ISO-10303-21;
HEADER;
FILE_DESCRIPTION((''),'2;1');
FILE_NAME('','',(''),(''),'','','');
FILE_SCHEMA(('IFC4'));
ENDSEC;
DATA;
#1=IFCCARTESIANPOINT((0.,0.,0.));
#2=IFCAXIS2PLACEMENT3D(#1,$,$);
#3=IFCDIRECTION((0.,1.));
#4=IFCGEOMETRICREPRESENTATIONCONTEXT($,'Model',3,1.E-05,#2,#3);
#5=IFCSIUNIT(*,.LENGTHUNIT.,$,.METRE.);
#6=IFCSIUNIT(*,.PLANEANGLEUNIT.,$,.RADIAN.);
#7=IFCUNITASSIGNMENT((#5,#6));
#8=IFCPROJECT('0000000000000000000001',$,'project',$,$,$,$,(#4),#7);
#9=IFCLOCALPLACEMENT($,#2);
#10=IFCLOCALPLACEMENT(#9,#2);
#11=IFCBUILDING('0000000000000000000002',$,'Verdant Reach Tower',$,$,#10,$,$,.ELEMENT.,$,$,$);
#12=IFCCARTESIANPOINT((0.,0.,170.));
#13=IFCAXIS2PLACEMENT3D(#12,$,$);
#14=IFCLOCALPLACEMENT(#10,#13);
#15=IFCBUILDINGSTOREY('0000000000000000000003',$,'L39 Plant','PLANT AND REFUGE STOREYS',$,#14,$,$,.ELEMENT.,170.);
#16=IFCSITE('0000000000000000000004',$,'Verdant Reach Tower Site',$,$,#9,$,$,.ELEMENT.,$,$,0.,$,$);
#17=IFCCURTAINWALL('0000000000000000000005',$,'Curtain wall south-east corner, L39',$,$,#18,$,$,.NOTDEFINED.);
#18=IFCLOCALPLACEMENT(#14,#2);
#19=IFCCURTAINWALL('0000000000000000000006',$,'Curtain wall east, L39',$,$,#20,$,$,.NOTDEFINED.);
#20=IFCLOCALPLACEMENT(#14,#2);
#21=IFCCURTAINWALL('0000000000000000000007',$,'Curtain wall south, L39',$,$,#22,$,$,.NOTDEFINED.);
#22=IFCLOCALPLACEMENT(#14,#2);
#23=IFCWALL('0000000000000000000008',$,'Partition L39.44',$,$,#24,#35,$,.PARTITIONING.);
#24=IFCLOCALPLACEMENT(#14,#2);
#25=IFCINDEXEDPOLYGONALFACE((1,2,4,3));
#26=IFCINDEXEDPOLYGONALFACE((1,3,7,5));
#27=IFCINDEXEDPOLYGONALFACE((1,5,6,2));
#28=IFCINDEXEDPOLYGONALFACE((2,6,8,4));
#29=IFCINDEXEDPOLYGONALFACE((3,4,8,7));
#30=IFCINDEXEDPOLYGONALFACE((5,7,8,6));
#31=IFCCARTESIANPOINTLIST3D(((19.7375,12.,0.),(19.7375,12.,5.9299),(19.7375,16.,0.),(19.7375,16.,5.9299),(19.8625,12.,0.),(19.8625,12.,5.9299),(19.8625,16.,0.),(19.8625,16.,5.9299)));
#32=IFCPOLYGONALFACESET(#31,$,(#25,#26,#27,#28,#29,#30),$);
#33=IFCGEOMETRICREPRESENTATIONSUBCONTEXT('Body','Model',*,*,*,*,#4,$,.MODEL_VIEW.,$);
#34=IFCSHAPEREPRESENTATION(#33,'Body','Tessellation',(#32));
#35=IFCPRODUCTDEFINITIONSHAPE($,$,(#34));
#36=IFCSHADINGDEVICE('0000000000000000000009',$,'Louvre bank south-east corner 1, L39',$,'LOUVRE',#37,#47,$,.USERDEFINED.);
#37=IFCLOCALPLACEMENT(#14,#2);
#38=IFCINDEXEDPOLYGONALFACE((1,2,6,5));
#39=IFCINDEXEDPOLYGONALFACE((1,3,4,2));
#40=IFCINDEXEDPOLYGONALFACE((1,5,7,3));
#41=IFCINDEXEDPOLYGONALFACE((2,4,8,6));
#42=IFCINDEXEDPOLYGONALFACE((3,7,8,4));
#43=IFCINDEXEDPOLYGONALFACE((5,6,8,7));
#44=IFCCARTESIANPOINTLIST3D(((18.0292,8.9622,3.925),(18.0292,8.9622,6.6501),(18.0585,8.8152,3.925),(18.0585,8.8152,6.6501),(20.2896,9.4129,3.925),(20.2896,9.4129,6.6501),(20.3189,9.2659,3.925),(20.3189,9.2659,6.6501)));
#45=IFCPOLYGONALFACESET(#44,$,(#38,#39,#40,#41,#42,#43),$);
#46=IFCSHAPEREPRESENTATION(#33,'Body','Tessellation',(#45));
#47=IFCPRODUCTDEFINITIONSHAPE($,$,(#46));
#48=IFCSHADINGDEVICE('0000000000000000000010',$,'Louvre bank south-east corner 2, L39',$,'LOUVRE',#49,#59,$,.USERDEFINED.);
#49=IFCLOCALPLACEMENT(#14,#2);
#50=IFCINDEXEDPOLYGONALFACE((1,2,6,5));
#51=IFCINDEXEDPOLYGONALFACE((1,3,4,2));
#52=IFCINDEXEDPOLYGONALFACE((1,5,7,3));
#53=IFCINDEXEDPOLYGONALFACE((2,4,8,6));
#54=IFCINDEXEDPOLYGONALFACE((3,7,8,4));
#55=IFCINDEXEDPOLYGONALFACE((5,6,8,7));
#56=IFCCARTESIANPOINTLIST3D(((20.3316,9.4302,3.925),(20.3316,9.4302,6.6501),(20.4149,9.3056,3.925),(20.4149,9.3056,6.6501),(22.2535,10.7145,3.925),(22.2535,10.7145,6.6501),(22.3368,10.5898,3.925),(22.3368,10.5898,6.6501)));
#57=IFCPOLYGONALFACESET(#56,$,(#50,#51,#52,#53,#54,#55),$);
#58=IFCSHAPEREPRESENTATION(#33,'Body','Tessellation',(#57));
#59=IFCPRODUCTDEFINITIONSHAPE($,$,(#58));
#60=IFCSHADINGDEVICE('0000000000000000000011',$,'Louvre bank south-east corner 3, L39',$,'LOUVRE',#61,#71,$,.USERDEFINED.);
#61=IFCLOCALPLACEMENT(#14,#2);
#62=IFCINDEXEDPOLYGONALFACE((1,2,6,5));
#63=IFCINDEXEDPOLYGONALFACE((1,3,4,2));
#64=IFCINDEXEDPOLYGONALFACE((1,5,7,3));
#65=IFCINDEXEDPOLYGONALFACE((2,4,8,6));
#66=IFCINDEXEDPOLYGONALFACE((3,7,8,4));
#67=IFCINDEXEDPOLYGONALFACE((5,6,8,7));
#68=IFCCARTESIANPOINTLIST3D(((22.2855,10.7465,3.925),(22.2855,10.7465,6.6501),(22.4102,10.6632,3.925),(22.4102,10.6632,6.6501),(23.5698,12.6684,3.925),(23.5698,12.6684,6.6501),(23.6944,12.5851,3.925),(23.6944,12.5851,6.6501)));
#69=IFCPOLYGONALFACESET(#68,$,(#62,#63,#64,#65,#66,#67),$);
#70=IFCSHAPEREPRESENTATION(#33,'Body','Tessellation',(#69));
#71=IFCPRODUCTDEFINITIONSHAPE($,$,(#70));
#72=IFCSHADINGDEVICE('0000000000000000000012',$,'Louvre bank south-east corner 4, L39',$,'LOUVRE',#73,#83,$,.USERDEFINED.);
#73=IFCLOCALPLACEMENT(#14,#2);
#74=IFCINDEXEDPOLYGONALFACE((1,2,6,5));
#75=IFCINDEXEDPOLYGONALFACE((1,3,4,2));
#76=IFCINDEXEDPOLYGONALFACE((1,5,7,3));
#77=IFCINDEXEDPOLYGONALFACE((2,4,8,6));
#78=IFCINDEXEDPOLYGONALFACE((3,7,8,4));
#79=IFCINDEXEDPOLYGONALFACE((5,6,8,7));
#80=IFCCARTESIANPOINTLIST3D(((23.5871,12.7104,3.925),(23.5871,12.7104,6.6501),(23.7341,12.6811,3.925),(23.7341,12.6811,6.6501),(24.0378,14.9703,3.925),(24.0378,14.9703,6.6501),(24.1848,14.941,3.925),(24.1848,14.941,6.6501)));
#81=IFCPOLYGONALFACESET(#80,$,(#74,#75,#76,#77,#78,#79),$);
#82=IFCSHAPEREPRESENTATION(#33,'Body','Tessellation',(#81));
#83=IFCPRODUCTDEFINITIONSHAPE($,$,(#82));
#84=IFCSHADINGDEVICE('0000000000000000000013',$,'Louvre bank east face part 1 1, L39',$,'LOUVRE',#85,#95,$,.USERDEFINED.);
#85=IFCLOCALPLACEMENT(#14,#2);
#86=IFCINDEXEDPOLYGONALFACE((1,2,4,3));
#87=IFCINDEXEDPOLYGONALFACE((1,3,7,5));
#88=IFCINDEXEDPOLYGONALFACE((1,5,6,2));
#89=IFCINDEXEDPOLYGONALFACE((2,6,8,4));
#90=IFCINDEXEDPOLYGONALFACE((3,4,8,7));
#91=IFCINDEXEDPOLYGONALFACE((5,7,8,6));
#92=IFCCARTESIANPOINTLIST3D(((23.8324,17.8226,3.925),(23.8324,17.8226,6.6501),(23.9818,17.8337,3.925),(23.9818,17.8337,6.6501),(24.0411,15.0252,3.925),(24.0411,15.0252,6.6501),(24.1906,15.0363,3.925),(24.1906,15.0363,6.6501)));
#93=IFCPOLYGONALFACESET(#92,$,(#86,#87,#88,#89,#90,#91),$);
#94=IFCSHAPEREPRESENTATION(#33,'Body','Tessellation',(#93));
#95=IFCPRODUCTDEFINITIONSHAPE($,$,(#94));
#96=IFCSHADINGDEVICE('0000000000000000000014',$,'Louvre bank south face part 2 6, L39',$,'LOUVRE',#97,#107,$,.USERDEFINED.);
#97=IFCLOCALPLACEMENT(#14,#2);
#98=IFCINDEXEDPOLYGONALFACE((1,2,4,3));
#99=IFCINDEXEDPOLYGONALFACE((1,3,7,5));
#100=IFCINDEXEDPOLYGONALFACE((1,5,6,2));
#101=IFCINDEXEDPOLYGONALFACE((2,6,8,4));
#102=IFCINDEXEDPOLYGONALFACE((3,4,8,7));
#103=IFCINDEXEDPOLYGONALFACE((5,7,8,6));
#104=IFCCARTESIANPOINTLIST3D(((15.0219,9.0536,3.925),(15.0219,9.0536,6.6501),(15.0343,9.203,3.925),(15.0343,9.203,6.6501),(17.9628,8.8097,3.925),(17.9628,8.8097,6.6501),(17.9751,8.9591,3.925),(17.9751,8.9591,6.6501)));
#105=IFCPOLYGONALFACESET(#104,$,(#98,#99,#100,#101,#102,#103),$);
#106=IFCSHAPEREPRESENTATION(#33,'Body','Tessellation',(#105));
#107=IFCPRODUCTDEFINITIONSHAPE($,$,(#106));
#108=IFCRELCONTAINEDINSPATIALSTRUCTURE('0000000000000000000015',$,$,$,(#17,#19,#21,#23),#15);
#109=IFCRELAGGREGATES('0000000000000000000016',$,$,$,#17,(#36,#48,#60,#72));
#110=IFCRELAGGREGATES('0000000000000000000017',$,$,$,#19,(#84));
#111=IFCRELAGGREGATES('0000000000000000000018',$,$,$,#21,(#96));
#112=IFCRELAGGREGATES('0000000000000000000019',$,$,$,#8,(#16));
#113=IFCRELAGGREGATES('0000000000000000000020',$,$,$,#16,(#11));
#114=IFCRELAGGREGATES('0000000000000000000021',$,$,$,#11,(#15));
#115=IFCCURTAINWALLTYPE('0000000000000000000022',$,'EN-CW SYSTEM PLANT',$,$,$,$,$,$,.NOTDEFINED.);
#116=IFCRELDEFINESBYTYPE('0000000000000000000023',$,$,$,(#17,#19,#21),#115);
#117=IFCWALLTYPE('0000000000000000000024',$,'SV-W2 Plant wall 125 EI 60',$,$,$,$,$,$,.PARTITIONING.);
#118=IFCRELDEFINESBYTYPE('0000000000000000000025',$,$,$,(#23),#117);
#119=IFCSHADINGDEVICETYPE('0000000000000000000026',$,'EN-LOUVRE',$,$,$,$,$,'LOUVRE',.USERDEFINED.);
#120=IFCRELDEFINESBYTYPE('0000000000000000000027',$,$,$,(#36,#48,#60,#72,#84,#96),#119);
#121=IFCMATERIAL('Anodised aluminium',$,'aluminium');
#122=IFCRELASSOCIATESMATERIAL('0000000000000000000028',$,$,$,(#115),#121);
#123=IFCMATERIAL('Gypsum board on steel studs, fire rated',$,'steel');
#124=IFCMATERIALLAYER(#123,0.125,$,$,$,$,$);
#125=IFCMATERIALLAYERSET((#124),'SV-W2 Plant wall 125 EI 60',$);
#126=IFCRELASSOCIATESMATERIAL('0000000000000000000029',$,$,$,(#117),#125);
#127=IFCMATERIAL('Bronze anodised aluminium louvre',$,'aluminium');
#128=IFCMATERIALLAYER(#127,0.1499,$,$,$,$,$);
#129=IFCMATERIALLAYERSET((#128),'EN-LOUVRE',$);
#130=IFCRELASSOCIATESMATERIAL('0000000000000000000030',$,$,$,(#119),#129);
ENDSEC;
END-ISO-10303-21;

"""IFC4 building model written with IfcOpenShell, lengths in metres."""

from ifc_helpers import new_model, si_unit, direction, frame, frame_2d, origin, origin_2d, place, context, subcontext, project, spatial, rectangle, extrude, material, layer, layer_set, type_object, element, aggregate, save


model = new_model("IFC4")

# Units and contexts
model_context = context("Model", 3, precision=1e-05, world=origin(), true_north=direction((0.0, 1.0)))
body_context = subcontext(model_context, "Body", "Model", "MODEL_VIEW")
ifc_project = project(units=[si_unit("LENGTHUNIT", "METRE"), si_unit("PLANEANGLEUNIT", "RADIAN")], contexts=[model_context])

# Site, building, storey
site_placement = place(None, origin())
site = spatial("IfcSite", under=ifc_project, at=site_placement, Name="Verdant Reach Tower Site", CompositionType="ELEMENT", RefElevation=0.0)
building_placement = place(site_placement, origin())
building = spatial("IfcBuilding", under=site, at=building_placement, Name="Verdant Reach Tower", CompositionType="ELEMENT")
storey_placement = place(building_placement, frame((0.0, 0.0, 170.0)))
storey = spatial("IfcBuildingStorey", under=building, at=storey_placement, Name="L39 Plant", Description="PLANT AND REFUGE STOREYS", CompositionType="ELEMENT", Elevation=170.0)

# Curtain wall
ifc_material_1 = material(Name="Anodised aluminium", Category="aluminium")
curtain_wall_type = type_object("IfcCurtainWallType", Name="EN-CW SYSTEM PLANT", PredefinedType="NOTDEFINED", material=ifc_material_1)
curtain_wall_1_placement = place(storey_placement, origin())
curtain_wall_1 = element("IfcCurtainWall", 1, at=curtain_wall_1_placement, inside=storey, type_object=curtain_wall_type, Name="Curtain wall south-east corner, L39", PredefinedType="NOTDEFINED")

# Curtain walls
curtain_wall_2_placement = place(storey_placement, origin())
curtain_wall_2 = element("IfcCurtainWall", 2, at=curtain_wall_2_placement, inside=storey, type_object=curtain_wall_type, Name="Curtain wall east, L39", PredefinedType="NOTDEFINED")
curtain_wall_3_placement = place(storey_placement, origin())
curtain_wall_3 = element("IfcCurtainWall", 3, at=curtain_wall_3_placement, inside=storey, type_object=curtain_wall_type, Name="Curtain wall south, L39", PredefinedType="NOTDEFINED")

# Shared definitions
ifc_material_2 = material(Name="Gypsum board on steel studs, fire rated", Category="steel")
ifc_layer_1 = layer(ifc_material_2, 0.125)
ifc_layer_set_1 = layer_set([ifc_layer_1], Name="SV-W2 Plant wall 125 EI 60")
wall_type = type_object("IfcWallType", Name="SV-W2 Plant wall 125 EI 60", PredefinedType="PARTITIONING", material=ifc_layer_set_1)

# Wall
wall_1_placement = place(storey_placement, frame((19.8, 16.0, 0.0), z_axis=(0.0, 0.0, 1.0), x_axis=(0.0, -1.0, 0.0)))
element("IfcWall", 4, at=wall_1_placement, inside=storey, type_object=wall_type, Name="Partition L39.44", PredefinedType="PARTITIONING", context=body_context, shape_type="SweptSolid", body=[
    extrude(rectangle(XDim=4.0, YDim=0.125, at=frame_2d((2.0, 0.0))), origin(), (0.0, 0.0, 1.0), 5.9299),
])

# Shading devices
ifc_material_3 = material(Name="Bronze anodised aluminium louvre", Category="aluminium")
ifc_layer_2 = layer(ifc_material_3, 0.1499)
ifc_layer_set_2 = layer_set([ifc_layer_2], Name="EN-LOUVRE")
shading_device_type = type_object("IfcShadingDeviceType", Name="EN-LOUVRE", ElementType="LOUVRE", PredefinedType="USERDEFINED", material=ifc_layer_set_2)
shading_device_1_placement = place(storey_placement, frame((19.1741, 9.114, 3.925), z_axis=(0.0, 0.0, 1.0), x_axis=(0.980695, 0.195545, 0.0)))
shading_device_1 = element("IfcShadingDevice", 5, at=shading_device_1_placement, type_object=shading_device_type, Name="Louvre bank south-east corner 1, L39", ObjectType="LOUVRE", PredefinedType="USERDEFINED", context=body_context, shape_type="SweptSolid", body=[
    extrude(rectangle(XDim=2.3049, YDim=0.1499, at=origin_2d()), origin(), (0.0, 0.0, 1.0), 2.7251),
])
shading_device_2_placement = place(storey_placement, frame((21.3342, 10.01, 3.925), z_axis=(0.0, 0.0, 1.0), x_axis=(0.831452, 0.555596, 0.0)))
shading_device_2 = element("IfcShadingDevice", 6, at=shading_device_2_placement, type_object=shading_device_type, Name="Louvre bank south-east corner 2, L39", ObjectType="LOUVRE", PredefinedType="USERDEFINED", context=body_context, shape_type="SweptSolid", body=[
    extrude(rectangle(XDim=2.3115, YDim=0.1499, at=origin_2d()), origin(), (0.0, 0.0, 1.0), 2.7251),
])
shading_device_3_placement = place(storey_placement, frame((22.99, 11.6658, 3.925), z_axis=(0.0, 0.0, 1.0), x_axis=(0.555596, 0.831452, 0.0)))
shading_device_3 = element("IfcShadingDevice", 7, at=shading_device_3_placement, type_object=shading_device_type, Name="Louvre bank south-east corner 3, L39", ObjectType="LOUVRE", PredefinedType="USERDEFINED", context=body_context, shape_type="SweptSolid", body=[
    extrude(rectangle(XDim=2.3115, YDim=0.1499, at=origin_2d()), origin(), (0.0, 0.0, 1.0), 2.7251),
])
shading_device_4_placement = place(storey_placement, frame((23.886, 13.8257, 3.925), z_axis=(0.0, 0.0, 1.0), x_axis=(0.195573, 0.980689, 0.0)))
shading_device_4 = element("IfcShadingDevice", 8, at=shading_device_4_placement, type_object=shading_device_type, Name="Louvre bank south-east corner 4, L39", ObjectType="LOUVRE", PredefinedType="USERDEFINED", context=body_context, shape_type="SweptSolid", body=[
    extrude(rectangle(XDim=2.3044, YDim=0.1499, at=origin_2d()), origin(), (0.0, 0.0, 1.0), 2.7251),
])
aggregate(curtain_wall_1, [shading_device_1, shading_device_2, shading_device_3, shading_device_4])
shading_device_5_placement = place(storey_placement, frame((24.0115, 16.4294, 3.925), z_axis=(0.0, 0.0, 1.0), x_axis=(-0.074412, 0.997228, 0.0)))
shading_device_5 = element("IfcShadingDevice", 9, at=shading_device_5_placement, type_object=shading_device_type, Name="Louvre bank east face part 1 1, L39", ObjectType="LOUVRE", PredefinedType="USERDEFINED", context=body_context, shape_type="SweptSolid", body=[
    extrude(rectangle(XDim=2.8052, YDim=0.1499, at=origin_2d()), origin(), (0.0, 0.0, 1.0), 2.7251),
])
aggregate(curtain_wall_2, [shading_device_5])
shading_device_6_placement = place(storey_placement, frame((16.4985, 9.0063, 3.925), z_axis=(0.0, 0.0, 1.0), x_axis=(0.996578, -0.082664, 0.0)))
shading_device_6 = element("IfcShadingDevice", 10, at=shading_device_6_placement, type_object=shading_device_type, Name="Louvre bank south face part 2 6, L39", ObjectType="LOUVRE", PredefinedType="USERDEFINED", context=body_context, shape_type="SweptSolid", body=[
    extrude(rectangle(XDim=2.9509, YDim=0.1499, at=origin_2d()), origin(), (0.0, 0.0, 1.0), 2.7251),
])
aggregate(curtain_wall_3, [shading_device_6])

save(model, "model.ifc")
